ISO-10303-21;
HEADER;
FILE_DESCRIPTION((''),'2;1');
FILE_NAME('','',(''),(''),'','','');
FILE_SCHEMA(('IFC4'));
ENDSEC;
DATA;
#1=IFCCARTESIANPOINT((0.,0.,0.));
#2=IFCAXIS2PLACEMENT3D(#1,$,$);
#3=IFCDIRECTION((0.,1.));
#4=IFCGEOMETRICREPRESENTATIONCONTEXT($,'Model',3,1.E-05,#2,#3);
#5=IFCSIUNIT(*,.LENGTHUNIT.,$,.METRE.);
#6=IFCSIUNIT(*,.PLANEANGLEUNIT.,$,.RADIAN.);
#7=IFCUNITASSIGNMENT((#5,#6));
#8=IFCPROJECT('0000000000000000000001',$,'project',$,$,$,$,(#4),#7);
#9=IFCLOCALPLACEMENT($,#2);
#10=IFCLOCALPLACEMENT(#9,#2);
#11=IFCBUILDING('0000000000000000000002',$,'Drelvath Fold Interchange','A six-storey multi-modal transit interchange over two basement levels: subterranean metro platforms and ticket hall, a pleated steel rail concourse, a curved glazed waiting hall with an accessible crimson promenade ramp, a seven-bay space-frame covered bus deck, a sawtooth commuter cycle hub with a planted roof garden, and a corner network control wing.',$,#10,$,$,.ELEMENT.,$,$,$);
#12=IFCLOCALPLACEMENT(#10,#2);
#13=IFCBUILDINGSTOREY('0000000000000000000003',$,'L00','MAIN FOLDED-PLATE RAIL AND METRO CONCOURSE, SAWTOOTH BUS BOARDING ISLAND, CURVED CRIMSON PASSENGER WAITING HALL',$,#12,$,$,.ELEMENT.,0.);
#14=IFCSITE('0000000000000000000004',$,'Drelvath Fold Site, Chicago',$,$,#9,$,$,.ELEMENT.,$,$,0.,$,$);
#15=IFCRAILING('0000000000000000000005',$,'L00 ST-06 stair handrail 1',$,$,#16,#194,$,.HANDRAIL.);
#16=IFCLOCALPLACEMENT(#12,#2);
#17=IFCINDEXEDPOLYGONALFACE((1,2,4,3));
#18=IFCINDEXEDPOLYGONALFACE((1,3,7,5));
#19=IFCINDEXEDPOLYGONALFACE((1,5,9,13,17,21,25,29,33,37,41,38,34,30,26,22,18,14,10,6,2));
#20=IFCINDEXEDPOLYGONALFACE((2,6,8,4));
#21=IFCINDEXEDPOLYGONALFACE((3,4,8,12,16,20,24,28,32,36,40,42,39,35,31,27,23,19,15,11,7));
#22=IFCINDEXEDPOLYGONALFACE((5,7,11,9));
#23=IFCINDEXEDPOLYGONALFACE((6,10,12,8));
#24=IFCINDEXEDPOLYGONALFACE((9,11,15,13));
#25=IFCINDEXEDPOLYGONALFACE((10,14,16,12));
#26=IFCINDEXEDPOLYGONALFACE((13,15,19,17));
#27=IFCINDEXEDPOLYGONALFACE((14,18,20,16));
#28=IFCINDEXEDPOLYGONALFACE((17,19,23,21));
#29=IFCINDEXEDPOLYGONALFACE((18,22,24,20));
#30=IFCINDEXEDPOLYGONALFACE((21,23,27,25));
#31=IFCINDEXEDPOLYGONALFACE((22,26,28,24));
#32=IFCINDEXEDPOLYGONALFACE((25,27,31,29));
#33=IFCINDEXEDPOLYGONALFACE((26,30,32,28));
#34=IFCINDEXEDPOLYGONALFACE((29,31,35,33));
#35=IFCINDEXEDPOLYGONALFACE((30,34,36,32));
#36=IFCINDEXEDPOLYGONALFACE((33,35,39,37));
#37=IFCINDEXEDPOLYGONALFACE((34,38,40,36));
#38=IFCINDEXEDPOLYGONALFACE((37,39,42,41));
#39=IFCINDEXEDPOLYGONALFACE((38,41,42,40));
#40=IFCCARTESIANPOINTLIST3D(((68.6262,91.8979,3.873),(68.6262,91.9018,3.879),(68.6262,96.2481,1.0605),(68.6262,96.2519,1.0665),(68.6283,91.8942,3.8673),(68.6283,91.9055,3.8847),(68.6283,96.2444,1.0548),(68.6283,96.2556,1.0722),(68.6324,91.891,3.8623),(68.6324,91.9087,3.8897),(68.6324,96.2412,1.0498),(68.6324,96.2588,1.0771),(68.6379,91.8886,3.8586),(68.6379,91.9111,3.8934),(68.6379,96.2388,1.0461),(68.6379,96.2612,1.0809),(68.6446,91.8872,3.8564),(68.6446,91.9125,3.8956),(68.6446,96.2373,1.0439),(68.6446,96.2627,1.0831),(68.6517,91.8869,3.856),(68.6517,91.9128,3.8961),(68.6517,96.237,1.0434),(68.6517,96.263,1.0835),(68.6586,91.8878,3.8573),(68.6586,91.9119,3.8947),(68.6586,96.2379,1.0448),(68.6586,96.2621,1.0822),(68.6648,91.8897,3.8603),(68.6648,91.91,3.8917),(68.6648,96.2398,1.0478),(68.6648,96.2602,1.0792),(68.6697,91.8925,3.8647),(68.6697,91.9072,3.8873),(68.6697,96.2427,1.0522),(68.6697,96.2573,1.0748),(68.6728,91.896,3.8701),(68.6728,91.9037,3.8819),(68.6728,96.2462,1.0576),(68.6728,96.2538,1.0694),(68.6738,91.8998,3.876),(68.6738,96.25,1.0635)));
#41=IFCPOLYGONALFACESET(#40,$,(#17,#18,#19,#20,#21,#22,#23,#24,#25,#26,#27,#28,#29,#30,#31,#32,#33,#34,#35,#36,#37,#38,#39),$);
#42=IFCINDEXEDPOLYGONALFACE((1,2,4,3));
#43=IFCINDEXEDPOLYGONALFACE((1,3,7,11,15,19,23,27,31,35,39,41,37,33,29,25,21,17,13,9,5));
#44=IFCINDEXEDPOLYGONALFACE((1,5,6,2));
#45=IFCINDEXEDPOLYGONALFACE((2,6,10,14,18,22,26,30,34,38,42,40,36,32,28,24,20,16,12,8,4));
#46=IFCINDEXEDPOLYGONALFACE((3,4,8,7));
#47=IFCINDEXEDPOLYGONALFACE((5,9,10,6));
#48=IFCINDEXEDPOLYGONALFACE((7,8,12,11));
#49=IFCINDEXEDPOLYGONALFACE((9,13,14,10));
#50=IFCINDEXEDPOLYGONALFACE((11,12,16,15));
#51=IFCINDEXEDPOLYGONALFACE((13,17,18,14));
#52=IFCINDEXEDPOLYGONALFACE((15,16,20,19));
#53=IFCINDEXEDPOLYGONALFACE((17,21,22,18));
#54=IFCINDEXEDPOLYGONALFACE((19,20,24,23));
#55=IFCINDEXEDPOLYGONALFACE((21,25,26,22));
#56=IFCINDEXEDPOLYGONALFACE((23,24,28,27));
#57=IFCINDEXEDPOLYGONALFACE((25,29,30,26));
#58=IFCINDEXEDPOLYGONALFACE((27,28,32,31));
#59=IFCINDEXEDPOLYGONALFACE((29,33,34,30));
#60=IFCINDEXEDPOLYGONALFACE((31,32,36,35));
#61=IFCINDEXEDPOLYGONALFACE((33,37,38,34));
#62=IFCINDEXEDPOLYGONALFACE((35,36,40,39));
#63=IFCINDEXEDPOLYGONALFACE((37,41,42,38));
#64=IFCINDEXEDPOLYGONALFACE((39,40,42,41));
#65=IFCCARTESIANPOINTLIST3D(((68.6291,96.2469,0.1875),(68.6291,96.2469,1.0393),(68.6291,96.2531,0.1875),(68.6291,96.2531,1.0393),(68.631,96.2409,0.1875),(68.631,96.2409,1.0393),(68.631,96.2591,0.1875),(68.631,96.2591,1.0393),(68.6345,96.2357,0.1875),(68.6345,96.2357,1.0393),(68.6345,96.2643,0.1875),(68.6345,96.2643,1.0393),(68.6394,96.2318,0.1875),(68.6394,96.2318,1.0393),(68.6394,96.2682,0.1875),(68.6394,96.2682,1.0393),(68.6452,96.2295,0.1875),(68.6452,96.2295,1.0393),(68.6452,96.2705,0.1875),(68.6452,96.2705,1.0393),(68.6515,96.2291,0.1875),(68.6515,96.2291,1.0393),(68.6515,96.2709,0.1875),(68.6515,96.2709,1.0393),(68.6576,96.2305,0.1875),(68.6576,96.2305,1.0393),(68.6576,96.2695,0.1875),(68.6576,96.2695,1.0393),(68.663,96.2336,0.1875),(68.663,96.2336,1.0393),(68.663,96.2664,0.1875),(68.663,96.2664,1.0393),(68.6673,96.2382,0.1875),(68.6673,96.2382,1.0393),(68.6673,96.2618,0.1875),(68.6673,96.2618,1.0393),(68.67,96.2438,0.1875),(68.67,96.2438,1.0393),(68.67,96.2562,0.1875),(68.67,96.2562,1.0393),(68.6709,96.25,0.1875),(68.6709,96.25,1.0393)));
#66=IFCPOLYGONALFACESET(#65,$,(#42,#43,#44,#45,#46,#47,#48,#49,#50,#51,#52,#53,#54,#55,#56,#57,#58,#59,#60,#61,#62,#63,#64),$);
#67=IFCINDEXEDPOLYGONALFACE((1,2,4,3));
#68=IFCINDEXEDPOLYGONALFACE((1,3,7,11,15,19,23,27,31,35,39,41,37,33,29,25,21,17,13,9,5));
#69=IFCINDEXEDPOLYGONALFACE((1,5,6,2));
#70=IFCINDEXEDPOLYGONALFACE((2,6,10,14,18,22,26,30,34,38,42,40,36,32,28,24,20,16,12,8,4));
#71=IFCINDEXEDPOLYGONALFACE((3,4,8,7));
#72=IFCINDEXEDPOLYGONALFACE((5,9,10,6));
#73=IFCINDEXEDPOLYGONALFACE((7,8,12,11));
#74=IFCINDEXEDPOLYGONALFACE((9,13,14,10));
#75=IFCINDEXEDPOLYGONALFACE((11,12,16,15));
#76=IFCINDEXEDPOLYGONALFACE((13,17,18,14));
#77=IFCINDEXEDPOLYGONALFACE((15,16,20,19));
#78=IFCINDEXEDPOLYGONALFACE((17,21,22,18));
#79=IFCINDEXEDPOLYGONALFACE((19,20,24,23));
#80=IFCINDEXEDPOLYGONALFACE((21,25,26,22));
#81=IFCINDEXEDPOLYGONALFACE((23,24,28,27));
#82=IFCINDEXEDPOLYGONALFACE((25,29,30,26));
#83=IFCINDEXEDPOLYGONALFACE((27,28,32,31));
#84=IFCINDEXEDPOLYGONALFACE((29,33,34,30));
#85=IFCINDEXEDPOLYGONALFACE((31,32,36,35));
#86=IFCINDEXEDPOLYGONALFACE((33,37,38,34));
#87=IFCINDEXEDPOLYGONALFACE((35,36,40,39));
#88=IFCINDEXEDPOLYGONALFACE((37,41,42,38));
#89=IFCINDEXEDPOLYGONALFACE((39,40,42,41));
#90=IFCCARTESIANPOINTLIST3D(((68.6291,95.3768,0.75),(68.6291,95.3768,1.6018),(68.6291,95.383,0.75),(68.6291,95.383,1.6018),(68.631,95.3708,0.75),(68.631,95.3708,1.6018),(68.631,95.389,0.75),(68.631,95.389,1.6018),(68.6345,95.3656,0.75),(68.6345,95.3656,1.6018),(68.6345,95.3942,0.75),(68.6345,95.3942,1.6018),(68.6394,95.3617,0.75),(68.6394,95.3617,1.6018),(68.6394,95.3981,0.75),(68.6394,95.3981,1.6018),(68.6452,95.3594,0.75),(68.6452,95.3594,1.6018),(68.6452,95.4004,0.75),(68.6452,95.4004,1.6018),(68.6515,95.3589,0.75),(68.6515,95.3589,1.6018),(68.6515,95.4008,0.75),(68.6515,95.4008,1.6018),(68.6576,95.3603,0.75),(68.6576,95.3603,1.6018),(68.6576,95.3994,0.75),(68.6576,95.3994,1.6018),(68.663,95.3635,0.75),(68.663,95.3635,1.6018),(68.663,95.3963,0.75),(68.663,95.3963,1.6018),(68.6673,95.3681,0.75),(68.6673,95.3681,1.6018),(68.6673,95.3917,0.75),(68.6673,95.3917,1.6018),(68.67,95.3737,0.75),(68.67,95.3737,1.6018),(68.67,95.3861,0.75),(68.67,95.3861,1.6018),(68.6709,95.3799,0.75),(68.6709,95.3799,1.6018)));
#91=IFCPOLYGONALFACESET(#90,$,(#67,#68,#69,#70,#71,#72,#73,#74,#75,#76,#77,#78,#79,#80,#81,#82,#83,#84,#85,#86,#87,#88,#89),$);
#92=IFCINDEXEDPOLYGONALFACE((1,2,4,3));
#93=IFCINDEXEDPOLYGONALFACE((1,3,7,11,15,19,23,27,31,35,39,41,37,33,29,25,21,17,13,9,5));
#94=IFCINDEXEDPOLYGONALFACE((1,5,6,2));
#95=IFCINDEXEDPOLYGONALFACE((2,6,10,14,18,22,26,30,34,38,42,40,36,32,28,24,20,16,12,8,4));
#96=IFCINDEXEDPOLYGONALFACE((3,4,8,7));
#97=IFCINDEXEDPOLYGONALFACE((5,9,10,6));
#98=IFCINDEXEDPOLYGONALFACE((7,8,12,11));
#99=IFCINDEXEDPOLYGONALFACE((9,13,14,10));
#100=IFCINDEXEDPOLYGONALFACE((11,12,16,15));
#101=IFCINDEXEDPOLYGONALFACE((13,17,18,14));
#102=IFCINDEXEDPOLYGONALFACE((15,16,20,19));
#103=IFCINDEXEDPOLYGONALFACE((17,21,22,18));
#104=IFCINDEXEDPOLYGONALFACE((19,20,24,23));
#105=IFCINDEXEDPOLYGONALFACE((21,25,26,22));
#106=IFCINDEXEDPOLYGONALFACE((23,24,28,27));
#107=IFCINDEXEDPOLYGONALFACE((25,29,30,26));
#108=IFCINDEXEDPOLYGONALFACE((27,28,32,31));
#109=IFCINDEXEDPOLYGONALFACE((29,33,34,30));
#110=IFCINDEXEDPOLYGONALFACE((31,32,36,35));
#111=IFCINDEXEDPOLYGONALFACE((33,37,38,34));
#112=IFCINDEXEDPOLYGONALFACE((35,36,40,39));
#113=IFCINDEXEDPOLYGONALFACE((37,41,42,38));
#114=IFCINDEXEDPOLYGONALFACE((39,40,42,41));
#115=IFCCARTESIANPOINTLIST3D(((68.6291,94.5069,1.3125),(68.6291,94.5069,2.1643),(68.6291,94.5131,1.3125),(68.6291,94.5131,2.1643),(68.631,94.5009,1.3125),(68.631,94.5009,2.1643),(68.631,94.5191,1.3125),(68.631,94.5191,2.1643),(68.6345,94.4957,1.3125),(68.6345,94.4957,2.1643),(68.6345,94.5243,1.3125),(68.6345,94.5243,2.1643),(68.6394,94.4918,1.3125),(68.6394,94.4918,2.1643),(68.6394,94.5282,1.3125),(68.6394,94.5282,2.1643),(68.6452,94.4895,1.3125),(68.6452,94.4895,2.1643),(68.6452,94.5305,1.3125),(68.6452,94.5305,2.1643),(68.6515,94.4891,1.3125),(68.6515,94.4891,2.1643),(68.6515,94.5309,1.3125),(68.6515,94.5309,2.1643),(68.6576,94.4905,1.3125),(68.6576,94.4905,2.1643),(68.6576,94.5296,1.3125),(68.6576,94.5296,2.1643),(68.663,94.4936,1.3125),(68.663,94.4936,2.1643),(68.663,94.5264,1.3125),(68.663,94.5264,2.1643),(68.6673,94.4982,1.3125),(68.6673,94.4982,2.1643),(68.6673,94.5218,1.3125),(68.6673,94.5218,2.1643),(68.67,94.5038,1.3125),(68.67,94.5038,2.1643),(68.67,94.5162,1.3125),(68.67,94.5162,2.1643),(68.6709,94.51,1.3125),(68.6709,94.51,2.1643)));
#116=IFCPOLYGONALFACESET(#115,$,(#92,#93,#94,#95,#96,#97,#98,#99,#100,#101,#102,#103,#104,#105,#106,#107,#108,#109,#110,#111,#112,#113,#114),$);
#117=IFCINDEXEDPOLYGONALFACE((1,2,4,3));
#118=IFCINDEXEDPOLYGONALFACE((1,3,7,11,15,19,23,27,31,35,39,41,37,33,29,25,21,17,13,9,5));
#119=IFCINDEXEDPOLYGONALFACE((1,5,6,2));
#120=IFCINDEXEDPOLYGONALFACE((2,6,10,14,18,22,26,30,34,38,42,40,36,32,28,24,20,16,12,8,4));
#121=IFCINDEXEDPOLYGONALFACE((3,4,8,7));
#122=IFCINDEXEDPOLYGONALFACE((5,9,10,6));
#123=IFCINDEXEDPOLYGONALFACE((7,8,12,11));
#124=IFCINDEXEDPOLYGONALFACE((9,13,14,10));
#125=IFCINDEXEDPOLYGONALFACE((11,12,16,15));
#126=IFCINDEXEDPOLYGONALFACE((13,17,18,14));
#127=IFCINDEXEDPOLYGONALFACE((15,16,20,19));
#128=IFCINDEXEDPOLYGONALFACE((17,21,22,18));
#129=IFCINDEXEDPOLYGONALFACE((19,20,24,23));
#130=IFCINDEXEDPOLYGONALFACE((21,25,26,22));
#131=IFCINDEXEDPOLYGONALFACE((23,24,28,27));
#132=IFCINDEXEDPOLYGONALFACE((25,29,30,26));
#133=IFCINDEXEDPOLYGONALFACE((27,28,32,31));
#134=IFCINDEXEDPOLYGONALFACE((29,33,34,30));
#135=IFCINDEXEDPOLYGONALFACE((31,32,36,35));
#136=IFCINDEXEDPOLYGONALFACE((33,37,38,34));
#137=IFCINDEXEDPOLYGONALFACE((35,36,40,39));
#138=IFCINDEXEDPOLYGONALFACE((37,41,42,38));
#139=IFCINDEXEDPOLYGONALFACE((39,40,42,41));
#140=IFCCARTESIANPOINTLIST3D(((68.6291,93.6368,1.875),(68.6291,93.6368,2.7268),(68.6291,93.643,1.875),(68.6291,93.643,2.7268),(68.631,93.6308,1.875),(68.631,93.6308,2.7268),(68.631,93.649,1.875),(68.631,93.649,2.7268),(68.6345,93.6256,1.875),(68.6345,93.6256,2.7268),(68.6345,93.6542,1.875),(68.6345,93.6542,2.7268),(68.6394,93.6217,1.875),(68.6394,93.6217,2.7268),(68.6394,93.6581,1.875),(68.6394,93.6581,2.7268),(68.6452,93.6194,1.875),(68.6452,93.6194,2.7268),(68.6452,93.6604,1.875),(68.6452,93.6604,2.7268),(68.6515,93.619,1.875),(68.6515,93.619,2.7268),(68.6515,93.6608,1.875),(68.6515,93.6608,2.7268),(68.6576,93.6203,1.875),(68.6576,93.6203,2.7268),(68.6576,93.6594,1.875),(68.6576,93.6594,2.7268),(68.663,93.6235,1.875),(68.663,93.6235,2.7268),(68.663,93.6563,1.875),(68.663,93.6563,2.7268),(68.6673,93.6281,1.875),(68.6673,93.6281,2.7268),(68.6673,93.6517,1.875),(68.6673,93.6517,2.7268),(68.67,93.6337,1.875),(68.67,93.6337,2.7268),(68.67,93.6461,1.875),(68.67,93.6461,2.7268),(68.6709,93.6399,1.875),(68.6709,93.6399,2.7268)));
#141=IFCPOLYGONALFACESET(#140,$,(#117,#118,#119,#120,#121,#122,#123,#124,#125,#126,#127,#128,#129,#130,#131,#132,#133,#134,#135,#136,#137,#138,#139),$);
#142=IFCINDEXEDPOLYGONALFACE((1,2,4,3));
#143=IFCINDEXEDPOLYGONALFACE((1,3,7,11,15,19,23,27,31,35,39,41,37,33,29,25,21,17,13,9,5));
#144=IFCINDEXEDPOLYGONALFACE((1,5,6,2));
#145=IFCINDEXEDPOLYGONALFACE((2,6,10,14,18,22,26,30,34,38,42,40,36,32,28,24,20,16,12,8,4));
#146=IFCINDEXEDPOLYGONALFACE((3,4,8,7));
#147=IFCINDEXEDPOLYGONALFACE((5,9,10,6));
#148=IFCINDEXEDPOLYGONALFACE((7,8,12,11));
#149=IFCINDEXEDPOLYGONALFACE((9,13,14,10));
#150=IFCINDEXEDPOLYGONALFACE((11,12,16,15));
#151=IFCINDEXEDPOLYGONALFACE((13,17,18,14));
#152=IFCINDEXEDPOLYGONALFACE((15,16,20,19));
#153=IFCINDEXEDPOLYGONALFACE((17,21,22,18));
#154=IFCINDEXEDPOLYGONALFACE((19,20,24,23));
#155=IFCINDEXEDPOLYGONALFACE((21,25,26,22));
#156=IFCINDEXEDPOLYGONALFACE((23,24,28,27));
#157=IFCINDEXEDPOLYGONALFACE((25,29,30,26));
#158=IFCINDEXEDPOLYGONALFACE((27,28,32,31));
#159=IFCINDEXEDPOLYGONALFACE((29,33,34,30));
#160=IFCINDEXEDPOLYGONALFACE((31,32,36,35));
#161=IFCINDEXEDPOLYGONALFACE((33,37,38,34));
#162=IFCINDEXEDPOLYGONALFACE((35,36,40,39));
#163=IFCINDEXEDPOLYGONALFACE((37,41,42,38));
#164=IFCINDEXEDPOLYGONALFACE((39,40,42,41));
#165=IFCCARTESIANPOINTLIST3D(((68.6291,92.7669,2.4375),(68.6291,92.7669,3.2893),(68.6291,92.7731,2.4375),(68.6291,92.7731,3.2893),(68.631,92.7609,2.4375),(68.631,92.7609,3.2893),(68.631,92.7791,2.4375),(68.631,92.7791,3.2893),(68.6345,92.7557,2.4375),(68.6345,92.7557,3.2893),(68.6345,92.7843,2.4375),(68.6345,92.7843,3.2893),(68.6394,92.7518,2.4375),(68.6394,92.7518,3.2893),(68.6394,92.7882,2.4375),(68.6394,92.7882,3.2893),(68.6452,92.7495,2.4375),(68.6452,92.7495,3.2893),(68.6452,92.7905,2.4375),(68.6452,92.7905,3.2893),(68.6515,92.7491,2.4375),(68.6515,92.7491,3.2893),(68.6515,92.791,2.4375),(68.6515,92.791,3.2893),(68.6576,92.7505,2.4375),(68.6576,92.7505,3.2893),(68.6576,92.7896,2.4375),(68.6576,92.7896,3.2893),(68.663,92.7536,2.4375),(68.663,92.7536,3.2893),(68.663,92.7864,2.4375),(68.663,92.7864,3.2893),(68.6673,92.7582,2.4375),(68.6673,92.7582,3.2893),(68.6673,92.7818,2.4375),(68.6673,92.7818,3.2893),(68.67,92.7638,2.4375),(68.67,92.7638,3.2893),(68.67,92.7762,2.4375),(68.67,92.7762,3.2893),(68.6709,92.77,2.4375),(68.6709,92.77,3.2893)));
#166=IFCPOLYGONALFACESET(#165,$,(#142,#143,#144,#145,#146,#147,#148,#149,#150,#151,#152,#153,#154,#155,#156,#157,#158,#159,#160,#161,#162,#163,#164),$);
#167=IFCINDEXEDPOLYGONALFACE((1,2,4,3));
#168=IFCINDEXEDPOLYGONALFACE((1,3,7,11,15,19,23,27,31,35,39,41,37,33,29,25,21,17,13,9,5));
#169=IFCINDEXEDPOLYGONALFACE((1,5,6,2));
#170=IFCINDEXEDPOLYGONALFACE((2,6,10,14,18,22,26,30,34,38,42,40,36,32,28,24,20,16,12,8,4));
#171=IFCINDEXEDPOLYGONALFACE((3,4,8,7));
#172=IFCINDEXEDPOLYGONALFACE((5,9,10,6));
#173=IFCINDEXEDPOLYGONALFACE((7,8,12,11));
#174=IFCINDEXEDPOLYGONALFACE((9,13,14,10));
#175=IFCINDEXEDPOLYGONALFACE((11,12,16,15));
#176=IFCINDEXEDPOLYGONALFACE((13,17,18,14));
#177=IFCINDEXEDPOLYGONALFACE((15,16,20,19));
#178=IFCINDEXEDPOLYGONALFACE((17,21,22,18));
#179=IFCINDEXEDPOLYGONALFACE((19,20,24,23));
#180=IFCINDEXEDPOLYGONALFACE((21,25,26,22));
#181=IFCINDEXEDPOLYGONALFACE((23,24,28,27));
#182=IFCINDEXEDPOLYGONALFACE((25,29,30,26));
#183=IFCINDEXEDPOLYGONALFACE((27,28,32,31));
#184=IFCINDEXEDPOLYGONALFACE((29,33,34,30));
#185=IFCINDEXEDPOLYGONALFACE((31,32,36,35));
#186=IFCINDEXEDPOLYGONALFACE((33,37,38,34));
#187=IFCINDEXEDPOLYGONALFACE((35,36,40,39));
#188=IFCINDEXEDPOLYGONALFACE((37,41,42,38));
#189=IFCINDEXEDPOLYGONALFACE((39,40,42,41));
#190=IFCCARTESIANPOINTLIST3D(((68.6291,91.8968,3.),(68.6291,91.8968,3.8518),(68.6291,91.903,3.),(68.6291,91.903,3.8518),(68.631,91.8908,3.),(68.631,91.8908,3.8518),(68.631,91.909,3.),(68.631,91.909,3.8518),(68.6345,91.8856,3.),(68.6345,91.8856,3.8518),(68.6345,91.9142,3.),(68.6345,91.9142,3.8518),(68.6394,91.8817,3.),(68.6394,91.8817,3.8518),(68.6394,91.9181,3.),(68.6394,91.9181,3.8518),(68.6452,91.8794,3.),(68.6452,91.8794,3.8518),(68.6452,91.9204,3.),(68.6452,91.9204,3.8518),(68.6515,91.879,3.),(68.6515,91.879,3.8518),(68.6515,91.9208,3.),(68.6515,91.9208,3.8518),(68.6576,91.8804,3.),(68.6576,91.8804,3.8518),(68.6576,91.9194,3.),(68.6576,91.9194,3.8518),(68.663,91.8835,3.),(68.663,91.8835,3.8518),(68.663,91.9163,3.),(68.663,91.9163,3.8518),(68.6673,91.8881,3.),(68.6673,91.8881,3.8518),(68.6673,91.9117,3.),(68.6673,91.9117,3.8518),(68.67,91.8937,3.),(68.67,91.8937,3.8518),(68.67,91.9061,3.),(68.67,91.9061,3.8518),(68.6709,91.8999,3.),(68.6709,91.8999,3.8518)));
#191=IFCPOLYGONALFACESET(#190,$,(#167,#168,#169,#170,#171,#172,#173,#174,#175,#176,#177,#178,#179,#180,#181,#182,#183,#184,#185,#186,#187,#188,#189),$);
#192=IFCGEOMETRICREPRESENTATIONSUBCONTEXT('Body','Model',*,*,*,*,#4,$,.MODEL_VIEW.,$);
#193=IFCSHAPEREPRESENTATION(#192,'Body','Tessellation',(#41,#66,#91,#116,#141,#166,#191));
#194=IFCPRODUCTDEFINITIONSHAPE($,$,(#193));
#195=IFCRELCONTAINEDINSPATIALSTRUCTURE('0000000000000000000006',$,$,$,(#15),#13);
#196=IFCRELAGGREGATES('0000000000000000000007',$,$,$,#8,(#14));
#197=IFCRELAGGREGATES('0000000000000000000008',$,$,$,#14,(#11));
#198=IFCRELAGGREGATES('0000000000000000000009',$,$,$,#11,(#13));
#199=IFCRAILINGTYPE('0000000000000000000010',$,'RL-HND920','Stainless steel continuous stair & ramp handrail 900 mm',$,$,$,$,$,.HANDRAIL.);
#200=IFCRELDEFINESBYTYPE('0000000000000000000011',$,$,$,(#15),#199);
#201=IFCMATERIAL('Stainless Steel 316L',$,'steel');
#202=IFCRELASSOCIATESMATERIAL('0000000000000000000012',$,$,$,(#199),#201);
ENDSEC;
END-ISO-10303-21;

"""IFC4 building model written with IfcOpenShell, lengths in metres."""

from ifc_helpers import new_model, si_unit, direction, frame, origin, origin_2d, place, context, subcontext, project, spatial, circle, extrude, material, type_object, element, save


model = new_model("IFC4")

# Units and contexts
model_context = context("Model", 3, precision=1e-05, world=origin(), true_north=direction((0.0, 1.0)))
body_context = subcontext(model_context, "Body", "Model", "MODEL_VIEW")
ifc_project = project(units=[si_unit("LENGTHUNIT", "METRE"), si_unit("PLANEANGLEUNIT", "RADIAN")], contexts=[model_context])

# Site, building, storey
site_placement = place(None, origin())
site = spatial("IfcSite", under=ifc_project, at=site_placement, Name="Drelvath Fold Site, Chicago", CompositionType="ELEMENT", RefElevation=0.0)
building_placement = place(site_placement, origin())
building = spatial("IfcBuilding", under=site, at=building_placement, Name="Drelvath Fold Interchange", Description="A six-storey multi-modal transit interchange over two basement levels: subterranean metro platforms and ticket hall, a pleated steel rail concourse, a curved glazed waiting hall with an accessible crimson promenade ramp, a seven-bay space-frame covered bus deck, a sawtooth commuter cycle hub with a planted roof garden, and a corner network control wing.", CompositionType="ELEMENT")
storey_placement = place(building_placement, origin())
storey = spatial("IfcBuildingStorey", under=building, at=storey_placement, Name="L00", Description="MAIN FOLDED-PLATE RAIL AND METRO CONCOURSE, SAWTOOTH BUS BOARDING ISLAND, CURVED CRIMSON PASSENGER WAITING HALL", CompositionType="ELEMENT", Elevation=0.0)

# Railing
ifc_material_1 = material(Name="Stainless Steel 316L", Category="steel")
railing_type_1 = type_object("IfcRailingType", Name="RL-HND920", Description="Stainless steel continuous stair & ramp handrail 900 mm", PredefinedType="HANDRAIL", material=ifc_material_1)
railing_1_placement = place(storey_placement, frame((68.6499, 96.25, 0.1875)))
element("IfcRailing", 1, at=railing_1_placement, inside=storey, type_object=railing_type_1, Name="L00 ST-06 stair handrail 1", PredefinedType="HANDRAIL", context=body_context, shape_type="SweptSolid", body=[
    extrude(circle(Radius=0.0239, at=origin_2d()), frame((0.0, 0.0, 0.876), z_axis=(0.0, -0.83977, 0.542942), x_axis=(1.0, 0.0, 0.0)), (0.0, 0.0, 1.0), 5.1802),
    extrude(circle(Radius=0.021, at=origin_2d()), origin(), (0.0, 0.0, 1.0), 0.8518),
    extrude(circle(Radius=0.021, at=origin_2d()), frame((0.0, -0.8701, 0.5625)), (0.0, 0.0, 1.0), 0.8518),
    extrude(circle(Radius=0.021, at=origin_2d()), frame((0.0, -1.74, 1.125)), (0.0, 0.0, 1.0), 0.8518),
    extrude(circle(Radius=0.021, at=origin_2d()), frame((0.0, -2.6101, 1.6875)), (0.0, 0.0, 1.0), 0.8518),
    extrude(circle(Radius=0.021, at=origin_2d()), frame((0.0, -3.48, 2.25)), (0.0, 0.0, 1.0), 0.8518),
    extrude(circle(Radius=0.021, at=origin_2d()), frame((0.0, -4.3501, 2.8125)), (0.0, 0.0, 1.0), 0.8518),
])

save(model, "model.ifc")
